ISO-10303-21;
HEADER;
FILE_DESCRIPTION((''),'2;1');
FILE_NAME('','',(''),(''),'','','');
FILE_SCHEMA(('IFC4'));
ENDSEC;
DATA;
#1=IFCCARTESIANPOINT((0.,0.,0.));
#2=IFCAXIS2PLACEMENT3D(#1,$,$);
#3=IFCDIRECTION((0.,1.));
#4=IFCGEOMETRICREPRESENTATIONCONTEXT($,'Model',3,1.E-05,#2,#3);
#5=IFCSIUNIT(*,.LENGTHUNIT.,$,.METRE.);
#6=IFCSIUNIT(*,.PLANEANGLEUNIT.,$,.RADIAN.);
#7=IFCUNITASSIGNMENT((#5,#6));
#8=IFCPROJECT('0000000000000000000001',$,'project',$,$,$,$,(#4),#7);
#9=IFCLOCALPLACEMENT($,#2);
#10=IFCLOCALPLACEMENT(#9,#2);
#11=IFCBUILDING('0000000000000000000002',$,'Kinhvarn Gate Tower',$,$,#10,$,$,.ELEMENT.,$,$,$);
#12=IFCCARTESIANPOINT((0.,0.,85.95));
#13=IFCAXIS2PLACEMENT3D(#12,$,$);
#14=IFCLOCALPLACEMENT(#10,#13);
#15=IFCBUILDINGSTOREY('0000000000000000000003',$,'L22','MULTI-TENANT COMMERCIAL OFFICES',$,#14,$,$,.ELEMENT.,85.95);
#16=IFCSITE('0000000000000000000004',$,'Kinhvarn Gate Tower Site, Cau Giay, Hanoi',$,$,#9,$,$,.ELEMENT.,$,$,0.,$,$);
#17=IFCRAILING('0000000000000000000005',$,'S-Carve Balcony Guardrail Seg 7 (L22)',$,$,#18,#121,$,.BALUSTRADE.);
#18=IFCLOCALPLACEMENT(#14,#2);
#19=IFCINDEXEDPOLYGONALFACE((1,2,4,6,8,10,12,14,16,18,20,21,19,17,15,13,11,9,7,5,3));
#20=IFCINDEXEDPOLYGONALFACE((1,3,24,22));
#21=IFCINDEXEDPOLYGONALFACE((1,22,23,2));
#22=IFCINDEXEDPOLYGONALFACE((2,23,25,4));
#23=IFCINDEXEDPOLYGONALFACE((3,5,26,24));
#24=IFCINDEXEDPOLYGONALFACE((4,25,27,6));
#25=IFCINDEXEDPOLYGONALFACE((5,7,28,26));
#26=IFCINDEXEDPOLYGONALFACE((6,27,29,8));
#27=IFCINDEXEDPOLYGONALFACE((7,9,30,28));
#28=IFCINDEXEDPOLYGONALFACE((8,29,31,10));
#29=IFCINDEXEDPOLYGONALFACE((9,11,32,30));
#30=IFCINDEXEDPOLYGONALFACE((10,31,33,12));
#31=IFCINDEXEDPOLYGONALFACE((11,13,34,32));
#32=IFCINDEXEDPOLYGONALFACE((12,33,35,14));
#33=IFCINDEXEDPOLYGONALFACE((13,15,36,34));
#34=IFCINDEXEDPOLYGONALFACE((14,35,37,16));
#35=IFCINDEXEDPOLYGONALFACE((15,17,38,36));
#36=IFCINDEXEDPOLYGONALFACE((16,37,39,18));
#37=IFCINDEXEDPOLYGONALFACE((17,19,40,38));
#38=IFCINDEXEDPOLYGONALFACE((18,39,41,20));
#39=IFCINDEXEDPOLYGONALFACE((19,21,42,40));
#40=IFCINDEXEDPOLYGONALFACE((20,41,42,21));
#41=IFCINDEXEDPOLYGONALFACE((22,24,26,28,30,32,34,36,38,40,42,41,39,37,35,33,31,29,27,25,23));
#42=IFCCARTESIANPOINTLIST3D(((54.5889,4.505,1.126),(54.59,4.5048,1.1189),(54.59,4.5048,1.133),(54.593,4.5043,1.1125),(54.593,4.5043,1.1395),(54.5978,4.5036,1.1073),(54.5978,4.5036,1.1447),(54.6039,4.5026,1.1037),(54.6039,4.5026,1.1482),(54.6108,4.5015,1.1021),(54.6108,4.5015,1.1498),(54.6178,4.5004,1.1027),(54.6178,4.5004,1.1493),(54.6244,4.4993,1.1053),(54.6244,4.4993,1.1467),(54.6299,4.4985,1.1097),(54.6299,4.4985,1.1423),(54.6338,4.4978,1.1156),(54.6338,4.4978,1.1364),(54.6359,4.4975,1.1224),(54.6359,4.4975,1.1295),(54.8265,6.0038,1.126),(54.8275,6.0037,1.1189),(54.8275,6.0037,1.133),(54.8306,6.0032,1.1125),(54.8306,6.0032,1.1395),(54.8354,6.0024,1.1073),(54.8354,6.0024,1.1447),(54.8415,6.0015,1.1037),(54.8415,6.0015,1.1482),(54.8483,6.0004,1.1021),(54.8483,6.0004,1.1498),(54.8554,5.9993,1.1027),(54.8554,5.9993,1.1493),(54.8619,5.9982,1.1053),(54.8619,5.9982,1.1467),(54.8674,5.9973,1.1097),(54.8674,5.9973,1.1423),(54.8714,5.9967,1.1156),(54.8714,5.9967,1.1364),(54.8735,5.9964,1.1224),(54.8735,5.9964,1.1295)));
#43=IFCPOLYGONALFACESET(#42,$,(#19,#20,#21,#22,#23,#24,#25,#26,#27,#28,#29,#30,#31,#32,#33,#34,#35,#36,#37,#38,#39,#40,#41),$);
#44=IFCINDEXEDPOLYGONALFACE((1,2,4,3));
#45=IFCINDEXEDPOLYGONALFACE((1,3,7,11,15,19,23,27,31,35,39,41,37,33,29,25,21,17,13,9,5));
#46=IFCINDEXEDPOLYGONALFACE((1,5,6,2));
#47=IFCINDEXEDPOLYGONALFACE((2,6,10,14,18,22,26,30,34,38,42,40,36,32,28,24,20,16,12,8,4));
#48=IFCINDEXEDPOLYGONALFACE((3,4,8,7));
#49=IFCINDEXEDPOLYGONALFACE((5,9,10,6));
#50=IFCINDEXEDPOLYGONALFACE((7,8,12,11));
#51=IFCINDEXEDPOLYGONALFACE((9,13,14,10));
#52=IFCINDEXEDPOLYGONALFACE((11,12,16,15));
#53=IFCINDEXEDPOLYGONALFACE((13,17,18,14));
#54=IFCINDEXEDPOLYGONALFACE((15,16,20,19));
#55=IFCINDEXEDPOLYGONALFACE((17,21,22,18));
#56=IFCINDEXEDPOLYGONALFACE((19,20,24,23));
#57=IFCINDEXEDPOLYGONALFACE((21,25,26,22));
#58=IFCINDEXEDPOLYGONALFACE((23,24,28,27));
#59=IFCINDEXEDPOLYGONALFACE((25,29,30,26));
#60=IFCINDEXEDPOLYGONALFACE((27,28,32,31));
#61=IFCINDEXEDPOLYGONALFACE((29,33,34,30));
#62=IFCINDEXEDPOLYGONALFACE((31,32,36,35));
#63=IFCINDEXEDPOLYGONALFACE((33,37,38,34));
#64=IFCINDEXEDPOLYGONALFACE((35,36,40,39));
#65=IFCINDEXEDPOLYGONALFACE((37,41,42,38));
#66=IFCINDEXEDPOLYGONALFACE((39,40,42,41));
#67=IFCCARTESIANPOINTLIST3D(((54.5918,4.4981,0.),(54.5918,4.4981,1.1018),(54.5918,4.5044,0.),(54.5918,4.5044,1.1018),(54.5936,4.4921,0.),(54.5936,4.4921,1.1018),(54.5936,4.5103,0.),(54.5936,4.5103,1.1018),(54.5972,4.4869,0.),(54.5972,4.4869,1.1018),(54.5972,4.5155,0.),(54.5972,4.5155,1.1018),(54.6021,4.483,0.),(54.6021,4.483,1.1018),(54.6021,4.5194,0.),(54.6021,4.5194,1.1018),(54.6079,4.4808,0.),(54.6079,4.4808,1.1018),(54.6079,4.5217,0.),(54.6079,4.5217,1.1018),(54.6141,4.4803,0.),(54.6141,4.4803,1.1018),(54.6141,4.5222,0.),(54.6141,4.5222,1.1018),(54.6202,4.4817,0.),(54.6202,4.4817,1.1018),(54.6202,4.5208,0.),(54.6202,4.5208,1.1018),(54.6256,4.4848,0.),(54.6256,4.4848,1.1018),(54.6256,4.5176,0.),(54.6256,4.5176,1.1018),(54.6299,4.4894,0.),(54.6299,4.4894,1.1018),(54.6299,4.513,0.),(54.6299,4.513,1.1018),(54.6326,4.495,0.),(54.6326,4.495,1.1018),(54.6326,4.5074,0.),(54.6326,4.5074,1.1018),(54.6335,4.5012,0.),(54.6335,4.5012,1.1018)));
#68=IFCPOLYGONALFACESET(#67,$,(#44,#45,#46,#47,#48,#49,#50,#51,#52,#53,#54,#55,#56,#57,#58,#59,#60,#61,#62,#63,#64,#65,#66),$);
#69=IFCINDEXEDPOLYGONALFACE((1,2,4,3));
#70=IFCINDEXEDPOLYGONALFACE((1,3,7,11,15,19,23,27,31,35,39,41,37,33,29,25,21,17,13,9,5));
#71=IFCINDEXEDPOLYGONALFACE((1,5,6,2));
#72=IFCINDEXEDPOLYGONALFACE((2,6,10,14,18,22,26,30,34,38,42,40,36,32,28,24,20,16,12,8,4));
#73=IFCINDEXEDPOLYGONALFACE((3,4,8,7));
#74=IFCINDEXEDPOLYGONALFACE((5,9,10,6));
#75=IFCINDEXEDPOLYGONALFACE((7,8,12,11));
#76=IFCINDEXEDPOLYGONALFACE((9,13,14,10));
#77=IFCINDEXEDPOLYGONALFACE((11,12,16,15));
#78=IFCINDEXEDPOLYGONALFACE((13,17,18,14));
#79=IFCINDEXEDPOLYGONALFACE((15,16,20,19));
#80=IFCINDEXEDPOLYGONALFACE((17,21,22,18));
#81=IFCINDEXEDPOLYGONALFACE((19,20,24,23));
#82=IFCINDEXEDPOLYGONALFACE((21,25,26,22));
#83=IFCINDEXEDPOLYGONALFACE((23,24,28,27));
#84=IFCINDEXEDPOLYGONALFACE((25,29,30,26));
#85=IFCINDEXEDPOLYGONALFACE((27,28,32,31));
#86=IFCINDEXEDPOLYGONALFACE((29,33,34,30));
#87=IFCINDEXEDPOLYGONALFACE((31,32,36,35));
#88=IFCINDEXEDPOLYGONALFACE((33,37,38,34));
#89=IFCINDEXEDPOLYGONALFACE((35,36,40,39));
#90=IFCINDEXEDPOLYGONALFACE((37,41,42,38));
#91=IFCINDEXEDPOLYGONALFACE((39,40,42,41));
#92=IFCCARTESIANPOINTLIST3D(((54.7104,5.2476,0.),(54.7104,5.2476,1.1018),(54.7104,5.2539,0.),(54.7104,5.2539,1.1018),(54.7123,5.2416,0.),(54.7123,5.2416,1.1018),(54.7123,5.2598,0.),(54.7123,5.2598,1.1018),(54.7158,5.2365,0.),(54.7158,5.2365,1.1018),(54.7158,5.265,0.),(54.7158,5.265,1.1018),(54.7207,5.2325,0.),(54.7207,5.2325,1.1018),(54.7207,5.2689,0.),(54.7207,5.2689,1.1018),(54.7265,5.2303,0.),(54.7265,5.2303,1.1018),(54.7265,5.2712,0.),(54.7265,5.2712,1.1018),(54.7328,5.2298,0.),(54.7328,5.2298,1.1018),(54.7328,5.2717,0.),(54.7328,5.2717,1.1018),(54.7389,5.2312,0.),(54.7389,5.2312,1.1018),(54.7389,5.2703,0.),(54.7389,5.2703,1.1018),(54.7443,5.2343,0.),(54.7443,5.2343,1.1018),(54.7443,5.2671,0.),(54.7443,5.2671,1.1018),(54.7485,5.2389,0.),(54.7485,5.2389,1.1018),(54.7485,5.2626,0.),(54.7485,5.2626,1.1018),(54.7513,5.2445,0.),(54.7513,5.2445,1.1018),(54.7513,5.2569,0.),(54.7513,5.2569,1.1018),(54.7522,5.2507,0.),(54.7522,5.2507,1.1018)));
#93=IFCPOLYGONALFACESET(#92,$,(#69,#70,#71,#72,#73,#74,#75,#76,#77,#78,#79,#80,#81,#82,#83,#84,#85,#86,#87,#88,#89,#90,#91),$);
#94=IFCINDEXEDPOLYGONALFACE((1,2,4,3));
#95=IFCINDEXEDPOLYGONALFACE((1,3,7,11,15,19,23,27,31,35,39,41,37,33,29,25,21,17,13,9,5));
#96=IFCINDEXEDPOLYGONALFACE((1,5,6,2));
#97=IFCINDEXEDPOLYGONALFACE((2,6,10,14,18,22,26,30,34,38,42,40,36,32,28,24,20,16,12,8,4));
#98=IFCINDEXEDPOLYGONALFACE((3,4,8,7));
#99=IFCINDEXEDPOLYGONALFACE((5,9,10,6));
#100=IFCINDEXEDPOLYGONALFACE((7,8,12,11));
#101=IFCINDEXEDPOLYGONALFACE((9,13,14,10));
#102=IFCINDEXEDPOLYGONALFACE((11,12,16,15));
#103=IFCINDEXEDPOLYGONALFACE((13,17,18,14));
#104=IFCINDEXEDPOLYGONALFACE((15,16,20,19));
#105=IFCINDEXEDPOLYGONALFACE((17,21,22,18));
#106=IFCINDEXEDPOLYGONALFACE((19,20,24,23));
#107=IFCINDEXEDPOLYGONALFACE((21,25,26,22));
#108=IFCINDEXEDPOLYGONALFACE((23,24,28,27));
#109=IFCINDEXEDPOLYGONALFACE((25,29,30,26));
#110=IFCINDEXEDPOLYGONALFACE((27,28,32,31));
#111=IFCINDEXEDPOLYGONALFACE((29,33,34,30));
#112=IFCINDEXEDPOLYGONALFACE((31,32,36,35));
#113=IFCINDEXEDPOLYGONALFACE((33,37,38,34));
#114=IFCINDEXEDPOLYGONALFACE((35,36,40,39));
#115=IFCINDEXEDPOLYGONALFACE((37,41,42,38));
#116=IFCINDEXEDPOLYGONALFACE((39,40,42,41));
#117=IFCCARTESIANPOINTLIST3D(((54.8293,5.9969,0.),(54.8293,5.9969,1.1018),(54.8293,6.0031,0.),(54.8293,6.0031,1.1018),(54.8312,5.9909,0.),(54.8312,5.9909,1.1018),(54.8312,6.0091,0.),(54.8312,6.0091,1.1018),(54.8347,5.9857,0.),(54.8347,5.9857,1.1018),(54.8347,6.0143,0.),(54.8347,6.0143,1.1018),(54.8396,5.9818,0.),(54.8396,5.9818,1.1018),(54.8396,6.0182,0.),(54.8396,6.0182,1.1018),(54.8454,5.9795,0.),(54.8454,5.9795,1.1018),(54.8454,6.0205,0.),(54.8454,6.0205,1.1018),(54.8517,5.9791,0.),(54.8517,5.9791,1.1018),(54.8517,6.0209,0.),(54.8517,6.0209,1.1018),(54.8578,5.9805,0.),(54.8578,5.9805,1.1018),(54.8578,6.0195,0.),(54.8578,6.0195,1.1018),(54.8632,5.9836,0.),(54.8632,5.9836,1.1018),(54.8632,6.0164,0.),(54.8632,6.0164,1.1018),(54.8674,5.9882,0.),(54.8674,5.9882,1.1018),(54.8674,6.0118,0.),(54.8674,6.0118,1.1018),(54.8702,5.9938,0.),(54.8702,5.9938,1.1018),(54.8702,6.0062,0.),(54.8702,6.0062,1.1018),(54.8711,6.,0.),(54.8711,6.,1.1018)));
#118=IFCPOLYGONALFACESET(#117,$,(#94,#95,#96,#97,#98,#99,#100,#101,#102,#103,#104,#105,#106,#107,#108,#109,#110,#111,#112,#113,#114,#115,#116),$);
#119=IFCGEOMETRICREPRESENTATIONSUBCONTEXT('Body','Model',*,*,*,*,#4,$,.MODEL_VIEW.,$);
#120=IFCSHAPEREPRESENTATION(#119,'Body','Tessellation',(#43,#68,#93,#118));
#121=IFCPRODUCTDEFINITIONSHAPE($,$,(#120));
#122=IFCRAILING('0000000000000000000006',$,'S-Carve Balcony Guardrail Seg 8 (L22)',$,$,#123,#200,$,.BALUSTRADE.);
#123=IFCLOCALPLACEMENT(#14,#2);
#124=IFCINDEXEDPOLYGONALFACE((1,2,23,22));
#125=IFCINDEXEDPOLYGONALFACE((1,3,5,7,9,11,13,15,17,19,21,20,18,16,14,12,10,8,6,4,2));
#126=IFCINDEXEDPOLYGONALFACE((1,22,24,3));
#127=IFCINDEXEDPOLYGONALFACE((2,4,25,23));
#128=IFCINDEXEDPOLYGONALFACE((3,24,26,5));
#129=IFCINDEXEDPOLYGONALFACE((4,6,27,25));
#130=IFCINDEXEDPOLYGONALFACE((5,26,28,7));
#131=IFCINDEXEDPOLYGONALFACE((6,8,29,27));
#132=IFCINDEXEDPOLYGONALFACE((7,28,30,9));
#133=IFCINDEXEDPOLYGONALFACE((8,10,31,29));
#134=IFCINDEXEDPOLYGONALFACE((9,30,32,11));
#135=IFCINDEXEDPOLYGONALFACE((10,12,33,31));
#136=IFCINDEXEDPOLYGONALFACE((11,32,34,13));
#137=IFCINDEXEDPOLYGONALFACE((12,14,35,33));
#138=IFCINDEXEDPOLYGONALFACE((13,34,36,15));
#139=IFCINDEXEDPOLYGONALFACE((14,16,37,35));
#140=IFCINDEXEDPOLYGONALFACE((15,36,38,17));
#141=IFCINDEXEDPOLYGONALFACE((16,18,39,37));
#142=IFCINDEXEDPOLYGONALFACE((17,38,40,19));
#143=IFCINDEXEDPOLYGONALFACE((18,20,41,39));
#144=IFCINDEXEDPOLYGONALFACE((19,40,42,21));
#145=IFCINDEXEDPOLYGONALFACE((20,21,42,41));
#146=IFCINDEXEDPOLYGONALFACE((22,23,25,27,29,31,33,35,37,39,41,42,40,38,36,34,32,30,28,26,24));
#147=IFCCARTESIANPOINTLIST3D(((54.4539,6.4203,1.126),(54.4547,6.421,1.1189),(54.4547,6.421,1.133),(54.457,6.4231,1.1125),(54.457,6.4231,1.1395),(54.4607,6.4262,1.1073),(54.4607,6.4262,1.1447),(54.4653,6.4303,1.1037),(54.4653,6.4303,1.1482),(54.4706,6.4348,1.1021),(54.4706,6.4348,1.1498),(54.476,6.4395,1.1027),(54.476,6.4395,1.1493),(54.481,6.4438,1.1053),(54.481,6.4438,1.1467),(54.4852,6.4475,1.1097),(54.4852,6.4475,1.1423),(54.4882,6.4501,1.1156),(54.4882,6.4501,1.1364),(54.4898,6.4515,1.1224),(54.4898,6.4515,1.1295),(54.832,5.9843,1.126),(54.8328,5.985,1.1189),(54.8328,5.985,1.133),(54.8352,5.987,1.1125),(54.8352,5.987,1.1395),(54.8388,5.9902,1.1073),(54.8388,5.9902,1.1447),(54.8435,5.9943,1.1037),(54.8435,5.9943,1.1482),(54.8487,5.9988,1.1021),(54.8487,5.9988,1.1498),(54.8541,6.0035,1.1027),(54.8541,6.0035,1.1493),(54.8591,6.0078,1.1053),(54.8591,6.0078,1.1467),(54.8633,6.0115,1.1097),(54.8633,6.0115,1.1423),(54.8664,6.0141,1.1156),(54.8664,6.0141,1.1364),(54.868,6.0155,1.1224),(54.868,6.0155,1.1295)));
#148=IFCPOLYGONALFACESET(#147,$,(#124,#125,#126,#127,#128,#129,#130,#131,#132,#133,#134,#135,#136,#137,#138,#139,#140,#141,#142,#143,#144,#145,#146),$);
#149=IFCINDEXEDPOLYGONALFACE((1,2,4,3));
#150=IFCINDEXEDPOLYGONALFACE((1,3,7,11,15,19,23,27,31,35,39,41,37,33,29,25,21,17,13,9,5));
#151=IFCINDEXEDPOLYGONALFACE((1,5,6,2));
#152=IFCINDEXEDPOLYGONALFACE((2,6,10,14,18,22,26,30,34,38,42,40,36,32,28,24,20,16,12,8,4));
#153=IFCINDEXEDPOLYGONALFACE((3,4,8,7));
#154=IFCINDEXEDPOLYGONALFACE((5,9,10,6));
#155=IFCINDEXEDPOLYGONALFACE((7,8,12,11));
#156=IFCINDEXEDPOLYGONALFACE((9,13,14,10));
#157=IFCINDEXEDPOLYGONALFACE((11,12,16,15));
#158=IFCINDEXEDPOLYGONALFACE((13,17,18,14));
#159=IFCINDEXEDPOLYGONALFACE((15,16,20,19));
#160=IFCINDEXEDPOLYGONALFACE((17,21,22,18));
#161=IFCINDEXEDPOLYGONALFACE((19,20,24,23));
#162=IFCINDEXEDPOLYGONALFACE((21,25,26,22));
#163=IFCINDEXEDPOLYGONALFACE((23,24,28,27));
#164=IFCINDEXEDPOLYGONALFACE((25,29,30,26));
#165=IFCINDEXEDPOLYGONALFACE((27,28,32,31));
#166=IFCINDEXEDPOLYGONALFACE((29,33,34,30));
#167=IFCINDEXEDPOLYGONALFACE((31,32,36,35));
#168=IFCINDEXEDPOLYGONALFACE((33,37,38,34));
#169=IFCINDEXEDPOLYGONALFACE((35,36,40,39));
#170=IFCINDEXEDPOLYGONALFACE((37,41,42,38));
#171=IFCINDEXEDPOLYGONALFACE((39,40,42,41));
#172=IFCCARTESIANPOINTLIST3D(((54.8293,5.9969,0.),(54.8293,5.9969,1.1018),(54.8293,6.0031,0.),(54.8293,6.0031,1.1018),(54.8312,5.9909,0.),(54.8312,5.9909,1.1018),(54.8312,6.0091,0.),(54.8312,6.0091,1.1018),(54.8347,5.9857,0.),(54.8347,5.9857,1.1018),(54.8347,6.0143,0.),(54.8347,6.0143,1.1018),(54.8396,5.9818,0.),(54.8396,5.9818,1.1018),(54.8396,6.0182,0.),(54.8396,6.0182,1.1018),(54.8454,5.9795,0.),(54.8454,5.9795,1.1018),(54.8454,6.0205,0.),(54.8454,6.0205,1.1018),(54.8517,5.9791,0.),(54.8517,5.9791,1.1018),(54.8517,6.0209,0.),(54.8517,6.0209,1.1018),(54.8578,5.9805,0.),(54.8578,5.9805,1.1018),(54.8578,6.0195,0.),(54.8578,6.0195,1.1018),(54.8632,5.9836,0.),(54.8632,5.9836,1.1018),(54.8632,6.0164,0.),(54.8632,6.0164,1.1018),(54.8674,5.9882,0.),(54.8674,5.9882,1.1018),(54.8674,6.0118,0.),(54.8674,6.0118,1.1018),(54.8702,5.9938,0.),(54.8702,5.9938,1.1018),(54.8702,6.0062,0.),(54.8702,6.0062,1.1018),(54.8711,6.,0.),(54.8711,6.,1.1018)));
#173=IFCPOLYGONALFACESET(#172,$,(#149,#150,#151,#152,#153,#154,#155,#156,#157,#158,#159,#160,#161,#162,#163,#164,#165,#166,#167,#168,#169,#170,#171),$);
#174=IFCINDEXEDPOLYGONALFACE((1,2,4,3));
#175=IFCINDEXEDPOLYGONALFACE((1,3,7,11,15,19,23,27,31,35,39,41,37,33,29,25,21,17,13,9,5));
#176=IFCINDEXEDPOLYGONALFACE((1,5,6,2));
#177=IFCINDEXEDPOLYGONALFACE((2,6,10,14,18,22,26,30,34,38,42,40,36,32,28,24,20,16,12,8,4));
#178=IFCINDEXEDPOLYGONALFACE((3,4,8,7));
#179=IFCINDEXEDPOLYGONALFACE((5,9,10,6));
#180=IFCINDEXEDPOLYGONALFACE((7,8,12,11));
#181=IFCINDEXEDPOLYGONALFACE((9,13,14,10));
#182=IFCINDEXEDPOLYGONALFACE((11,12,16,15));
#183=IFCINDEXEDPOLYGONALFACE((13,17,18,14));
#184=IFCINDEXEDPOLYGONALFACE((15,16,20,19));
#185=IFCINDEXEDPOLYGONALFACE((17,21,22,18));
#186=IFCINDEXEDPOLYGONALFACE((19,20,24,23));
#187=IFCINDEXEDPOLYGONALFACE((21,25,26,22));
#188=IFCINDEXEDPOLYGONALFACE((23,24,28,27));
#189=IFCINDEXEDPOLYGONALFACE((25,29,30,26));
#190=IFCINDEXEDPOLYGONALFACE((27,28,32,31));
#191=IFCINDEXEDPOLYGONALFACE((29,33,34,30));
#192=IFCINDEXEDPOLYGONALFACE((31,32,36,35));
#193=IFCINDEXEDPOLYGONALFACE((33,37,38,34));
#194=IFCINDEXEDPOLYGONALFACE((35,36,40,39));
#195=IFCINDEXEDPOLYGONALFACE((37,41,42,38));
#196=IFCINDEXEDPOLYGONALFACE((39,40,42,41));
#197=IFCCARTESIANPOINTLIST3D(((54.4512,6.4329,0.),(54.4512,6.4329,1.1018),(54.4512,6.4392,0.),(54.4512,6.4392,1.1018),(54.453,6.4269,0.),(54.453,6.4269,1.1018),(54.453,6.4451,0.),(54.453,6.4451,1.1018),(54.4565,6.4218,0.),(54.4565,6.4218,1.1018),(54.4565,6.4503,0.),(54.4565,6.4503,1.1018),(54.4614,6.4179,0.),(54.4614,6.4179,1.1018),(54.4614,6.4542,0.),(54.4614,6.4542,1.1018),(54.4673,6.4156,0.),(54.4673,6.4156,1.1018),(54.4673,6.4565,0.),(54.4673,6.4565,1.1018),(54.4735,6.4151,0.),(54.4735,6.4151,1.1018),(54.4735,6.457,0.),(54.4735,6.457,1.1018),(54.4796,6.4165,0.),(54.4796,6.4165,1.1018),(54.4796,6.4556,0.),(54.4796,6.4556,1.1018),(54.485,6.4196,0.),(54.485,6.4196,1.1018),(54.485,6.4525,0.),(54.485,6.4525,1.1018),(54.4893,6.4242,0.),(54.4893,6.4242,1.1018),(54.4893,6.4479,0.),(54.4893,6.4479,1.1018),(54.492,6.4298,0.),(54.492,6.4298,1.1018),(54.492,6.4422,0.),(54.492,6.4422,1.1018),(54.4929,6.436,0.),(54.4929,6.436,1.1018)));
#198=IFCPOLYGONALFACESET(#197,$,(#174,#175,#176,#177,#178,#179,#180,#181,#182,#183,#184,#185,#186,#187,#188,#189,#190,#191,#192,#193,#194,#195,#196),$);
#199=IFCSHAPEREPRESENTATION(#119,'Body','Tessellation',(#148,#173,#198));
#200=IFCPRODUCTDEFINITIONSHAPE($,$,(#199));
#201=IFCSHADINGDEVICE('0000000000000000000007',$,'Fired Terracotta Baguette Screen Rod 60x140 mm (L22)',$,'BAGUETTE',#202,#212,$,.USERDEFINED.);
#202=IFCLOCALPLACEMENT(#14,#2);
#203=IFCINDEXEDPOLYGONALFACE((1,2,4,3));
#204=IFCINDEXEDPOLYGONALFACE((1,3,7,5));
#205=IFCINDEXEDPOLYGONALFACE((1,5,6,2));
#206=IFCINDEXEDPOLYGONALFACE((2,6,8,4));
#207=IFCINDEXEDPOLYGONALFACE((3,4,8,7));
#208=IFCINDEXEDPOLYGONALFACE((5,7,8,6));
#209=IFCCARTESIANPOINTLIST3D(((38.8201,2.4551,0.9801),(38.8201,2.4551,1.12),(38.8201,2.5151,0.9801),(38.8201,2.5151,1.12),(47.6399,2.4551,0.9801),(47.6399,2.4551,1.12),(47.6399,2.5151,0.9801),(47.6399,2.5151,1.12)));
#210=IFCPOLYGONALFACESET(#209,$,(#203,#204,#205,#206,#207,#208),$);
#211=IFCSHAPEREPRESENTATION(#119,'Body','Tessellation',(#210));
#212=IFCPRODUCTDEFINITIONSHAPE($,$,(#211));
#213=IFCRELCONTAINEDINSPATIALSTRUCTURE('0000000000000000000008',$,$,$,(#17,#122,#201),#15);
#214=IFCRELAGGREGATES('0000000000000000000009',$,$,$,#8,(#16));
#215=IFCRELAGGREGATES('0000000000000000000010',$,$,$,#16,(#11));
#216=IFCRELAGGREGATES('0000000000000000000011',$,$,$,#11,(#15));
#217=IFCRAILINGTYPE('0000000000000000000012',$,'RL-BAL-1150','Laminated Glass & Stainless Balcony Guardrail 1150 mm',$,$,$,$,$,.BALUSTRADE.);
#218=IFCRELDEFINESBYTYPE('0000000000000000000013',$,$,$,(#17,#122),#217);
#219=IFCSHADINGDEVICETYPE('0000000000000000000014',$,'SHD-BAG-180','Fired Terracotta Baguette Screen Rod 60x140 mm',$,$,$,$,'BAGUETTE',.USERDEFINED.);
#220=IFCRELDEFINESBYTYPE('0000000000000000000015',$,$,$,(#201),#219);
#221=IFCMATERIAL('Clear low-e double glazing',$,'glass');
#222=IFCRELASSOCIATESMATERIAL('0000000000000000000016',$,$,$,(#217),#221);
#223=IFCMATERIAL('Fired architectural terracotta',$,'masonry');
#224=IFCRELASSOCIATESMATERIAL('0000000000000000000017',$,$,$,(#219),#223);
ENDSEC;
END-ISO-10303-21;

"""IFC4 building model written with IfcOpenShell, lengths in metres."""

from ifc_helpers import new_model, si_unit, direction, frame, origin, origin_2d, place, context, subcontext, project, spatial, rectangle, circle, extrude, material, material_profile, profile_set, type_object, element, save


model = new_model("IFC4")

# Units and contexts
model_context = context("Model", 3, precision=1e-05, world=origin(), true_north=direction((0.0, 1.0)))
body_context = subcontext(model_context, "Body", "Model", "MODEL_VIEW")
ifc_project = project(units=[si_unit("LENGTHUNIT", "METRE"), si_unit("PLANEANGLEUNIT", "RADIAN")], contexts=[model_context])

# Site, building, storey
site_placement = place(None, origin())
site = spatial("IfcSite", under=ifc_project, at=site_placement, Name="Kinhvarn Gate Tower Site, Cau Giay, Hanoi", CompositionType="ELEMENT", RefElevation=0.0)
building_placement = place(site_placement, origin())
building = spatial("IfcBuilding", under=site, at=building_placement, Name="Kinhvarn Gate Tower", CompositionType="ELEMENT")
storey_placement = place(building_placement, frame((0.0, 0.0, 85.95)))
storey = spatial("IfcBuildingStorey", under=building, at=storey_placement, Name="L22", Description="MULTI-TENANT COMMERCIAL OFFICES", CompositionType="ELEMENT", Elevation=85.95)

# Shared definitions
ifc_material_1 = material(Name="Clear low-e double glazing", Category="glass")

# Shared definitions
ifc_material_2 = material(Name="Fired architectural terracotta", Category="masonry")

# Railings
railing_type = type_object("IfcRailingType", Name="RL-BAL-1150", Description="Laminated Glass & Stainless Balcony Guardrail 1150 mm", PredefinedType="BALUSTRADE", material=ifc_material_1)
railing_1_placement = place(storey_placement, frame((54.6125, 4.5012, 0.0)))
element("IfcRailing", 1, at=railing_1_placement, inside=storey, type_object=railing_type, Name="S-Carve Balcony Guardrail Seg 7 (L22)", PredefinedType="BALUSTRADE", context=body_context, shape_type="SweptSolid", body=[
    extrude(circle(Radius=0.0239, at=origin_2d()), frame((0.0, 0.0, 1.126), z_axis=(0.156541, 0.987671, 0.0), x_axis=(-0.987671, 0.156541, 0.0)), (0.0, 0.0, 1.0), 1.5176),
    extrude(circle(Radius=0.021, at=origin_2d()), origin(), (0.0, 0.0, 1.0), 1.1018),
    extrude(circle(Radius=0.021, at=origin_2d()), frame((0.1187, 0.7495, 0.0)), (0.0, 0.0, 1.0), 1.1018),
    extrude(circle(Radius=0.021, at=origin_2d()), frame((0.2375, 1.4988, 0.0)), (0.0, 0.0, 1.0), 1.1018),
])
railing_2_placement = place(storey_placement, frame((54.8501, 6.0, 0.0)))
element("IfcRailing", 2, at=railing_2_placement, inside=storey, type_object=railing_type, Name="S-Carve Balcony Guardrail Seg 8 (L22)", PredefinedType="BALUSTRADE", context=body_context, shape_type="SweptSolid", body=[
    extrude(circle(Radius=0.0239, at=origin_2d()), frame((0.0, 0.0, 1.126), z_axis=(-0.655204, 0.755452, 0.0), x_axis=(-0.755452, -0.655204, 0.0)), (0.0, 0.0, 1.0), 0.5771),
    extrude(circle(Radius=0.021, at=origin_2d()), origin(), (0.0, 0.0, 1.0), 1.1018),
    extrude(circle(Radius=0.021, at=origin_2d()), frame((-0.3782, 0.436, 0.0)), (0.0, 0.0, 1.0), 1.1018),
])

# Shading device
ifc_material_profile_1 = material_profile(ifc_material_2, rectangle(XDim=0.0601, YDim=0.1399, at=origin_2d()), Name="TC 60x140")
ifc_profile_set_1 = profile_set([ifc_material_profile_1], Name="Fired architectural terracotta")
shading_device_type = type_object("IfcShadingDeviceType", Name="SHD-BAG-180", Description="Fired Terracotta Baguette Screen Rod 60x140 mm", ElementType="BAGUETTE", PredefinedType="USERDEFINED", material=ifc_profile_set_1)
for number, where, z_axis, x_axis, name in (
    (3, (38.8201, 2.4851, 1.05), (1.0, 0.0, 0.0), (0.0, 1.0, 0.0), "Fired Terracotta Baguette Screen Rod 60x140 mm (L22)"),
):
    element("IfcShadingDevice", number, at=place(storey_placement, frame(where, z_axis=z_axis, x_axis=x_axis)), inside=storey, type_object=shading_device_type, Name=name, ObjectType="BAGUETTE", PredefinedType="USERDEFINED", context=body_context, shape_type="SweptSolid", body=[
        extrude(rectangle(XDim=0.0601, YDim=0.1399, at=origin_2d()), origin(), (0.0, 0.0, 1.0), 8.8198),
    ])

save(model, "model.ifc")
